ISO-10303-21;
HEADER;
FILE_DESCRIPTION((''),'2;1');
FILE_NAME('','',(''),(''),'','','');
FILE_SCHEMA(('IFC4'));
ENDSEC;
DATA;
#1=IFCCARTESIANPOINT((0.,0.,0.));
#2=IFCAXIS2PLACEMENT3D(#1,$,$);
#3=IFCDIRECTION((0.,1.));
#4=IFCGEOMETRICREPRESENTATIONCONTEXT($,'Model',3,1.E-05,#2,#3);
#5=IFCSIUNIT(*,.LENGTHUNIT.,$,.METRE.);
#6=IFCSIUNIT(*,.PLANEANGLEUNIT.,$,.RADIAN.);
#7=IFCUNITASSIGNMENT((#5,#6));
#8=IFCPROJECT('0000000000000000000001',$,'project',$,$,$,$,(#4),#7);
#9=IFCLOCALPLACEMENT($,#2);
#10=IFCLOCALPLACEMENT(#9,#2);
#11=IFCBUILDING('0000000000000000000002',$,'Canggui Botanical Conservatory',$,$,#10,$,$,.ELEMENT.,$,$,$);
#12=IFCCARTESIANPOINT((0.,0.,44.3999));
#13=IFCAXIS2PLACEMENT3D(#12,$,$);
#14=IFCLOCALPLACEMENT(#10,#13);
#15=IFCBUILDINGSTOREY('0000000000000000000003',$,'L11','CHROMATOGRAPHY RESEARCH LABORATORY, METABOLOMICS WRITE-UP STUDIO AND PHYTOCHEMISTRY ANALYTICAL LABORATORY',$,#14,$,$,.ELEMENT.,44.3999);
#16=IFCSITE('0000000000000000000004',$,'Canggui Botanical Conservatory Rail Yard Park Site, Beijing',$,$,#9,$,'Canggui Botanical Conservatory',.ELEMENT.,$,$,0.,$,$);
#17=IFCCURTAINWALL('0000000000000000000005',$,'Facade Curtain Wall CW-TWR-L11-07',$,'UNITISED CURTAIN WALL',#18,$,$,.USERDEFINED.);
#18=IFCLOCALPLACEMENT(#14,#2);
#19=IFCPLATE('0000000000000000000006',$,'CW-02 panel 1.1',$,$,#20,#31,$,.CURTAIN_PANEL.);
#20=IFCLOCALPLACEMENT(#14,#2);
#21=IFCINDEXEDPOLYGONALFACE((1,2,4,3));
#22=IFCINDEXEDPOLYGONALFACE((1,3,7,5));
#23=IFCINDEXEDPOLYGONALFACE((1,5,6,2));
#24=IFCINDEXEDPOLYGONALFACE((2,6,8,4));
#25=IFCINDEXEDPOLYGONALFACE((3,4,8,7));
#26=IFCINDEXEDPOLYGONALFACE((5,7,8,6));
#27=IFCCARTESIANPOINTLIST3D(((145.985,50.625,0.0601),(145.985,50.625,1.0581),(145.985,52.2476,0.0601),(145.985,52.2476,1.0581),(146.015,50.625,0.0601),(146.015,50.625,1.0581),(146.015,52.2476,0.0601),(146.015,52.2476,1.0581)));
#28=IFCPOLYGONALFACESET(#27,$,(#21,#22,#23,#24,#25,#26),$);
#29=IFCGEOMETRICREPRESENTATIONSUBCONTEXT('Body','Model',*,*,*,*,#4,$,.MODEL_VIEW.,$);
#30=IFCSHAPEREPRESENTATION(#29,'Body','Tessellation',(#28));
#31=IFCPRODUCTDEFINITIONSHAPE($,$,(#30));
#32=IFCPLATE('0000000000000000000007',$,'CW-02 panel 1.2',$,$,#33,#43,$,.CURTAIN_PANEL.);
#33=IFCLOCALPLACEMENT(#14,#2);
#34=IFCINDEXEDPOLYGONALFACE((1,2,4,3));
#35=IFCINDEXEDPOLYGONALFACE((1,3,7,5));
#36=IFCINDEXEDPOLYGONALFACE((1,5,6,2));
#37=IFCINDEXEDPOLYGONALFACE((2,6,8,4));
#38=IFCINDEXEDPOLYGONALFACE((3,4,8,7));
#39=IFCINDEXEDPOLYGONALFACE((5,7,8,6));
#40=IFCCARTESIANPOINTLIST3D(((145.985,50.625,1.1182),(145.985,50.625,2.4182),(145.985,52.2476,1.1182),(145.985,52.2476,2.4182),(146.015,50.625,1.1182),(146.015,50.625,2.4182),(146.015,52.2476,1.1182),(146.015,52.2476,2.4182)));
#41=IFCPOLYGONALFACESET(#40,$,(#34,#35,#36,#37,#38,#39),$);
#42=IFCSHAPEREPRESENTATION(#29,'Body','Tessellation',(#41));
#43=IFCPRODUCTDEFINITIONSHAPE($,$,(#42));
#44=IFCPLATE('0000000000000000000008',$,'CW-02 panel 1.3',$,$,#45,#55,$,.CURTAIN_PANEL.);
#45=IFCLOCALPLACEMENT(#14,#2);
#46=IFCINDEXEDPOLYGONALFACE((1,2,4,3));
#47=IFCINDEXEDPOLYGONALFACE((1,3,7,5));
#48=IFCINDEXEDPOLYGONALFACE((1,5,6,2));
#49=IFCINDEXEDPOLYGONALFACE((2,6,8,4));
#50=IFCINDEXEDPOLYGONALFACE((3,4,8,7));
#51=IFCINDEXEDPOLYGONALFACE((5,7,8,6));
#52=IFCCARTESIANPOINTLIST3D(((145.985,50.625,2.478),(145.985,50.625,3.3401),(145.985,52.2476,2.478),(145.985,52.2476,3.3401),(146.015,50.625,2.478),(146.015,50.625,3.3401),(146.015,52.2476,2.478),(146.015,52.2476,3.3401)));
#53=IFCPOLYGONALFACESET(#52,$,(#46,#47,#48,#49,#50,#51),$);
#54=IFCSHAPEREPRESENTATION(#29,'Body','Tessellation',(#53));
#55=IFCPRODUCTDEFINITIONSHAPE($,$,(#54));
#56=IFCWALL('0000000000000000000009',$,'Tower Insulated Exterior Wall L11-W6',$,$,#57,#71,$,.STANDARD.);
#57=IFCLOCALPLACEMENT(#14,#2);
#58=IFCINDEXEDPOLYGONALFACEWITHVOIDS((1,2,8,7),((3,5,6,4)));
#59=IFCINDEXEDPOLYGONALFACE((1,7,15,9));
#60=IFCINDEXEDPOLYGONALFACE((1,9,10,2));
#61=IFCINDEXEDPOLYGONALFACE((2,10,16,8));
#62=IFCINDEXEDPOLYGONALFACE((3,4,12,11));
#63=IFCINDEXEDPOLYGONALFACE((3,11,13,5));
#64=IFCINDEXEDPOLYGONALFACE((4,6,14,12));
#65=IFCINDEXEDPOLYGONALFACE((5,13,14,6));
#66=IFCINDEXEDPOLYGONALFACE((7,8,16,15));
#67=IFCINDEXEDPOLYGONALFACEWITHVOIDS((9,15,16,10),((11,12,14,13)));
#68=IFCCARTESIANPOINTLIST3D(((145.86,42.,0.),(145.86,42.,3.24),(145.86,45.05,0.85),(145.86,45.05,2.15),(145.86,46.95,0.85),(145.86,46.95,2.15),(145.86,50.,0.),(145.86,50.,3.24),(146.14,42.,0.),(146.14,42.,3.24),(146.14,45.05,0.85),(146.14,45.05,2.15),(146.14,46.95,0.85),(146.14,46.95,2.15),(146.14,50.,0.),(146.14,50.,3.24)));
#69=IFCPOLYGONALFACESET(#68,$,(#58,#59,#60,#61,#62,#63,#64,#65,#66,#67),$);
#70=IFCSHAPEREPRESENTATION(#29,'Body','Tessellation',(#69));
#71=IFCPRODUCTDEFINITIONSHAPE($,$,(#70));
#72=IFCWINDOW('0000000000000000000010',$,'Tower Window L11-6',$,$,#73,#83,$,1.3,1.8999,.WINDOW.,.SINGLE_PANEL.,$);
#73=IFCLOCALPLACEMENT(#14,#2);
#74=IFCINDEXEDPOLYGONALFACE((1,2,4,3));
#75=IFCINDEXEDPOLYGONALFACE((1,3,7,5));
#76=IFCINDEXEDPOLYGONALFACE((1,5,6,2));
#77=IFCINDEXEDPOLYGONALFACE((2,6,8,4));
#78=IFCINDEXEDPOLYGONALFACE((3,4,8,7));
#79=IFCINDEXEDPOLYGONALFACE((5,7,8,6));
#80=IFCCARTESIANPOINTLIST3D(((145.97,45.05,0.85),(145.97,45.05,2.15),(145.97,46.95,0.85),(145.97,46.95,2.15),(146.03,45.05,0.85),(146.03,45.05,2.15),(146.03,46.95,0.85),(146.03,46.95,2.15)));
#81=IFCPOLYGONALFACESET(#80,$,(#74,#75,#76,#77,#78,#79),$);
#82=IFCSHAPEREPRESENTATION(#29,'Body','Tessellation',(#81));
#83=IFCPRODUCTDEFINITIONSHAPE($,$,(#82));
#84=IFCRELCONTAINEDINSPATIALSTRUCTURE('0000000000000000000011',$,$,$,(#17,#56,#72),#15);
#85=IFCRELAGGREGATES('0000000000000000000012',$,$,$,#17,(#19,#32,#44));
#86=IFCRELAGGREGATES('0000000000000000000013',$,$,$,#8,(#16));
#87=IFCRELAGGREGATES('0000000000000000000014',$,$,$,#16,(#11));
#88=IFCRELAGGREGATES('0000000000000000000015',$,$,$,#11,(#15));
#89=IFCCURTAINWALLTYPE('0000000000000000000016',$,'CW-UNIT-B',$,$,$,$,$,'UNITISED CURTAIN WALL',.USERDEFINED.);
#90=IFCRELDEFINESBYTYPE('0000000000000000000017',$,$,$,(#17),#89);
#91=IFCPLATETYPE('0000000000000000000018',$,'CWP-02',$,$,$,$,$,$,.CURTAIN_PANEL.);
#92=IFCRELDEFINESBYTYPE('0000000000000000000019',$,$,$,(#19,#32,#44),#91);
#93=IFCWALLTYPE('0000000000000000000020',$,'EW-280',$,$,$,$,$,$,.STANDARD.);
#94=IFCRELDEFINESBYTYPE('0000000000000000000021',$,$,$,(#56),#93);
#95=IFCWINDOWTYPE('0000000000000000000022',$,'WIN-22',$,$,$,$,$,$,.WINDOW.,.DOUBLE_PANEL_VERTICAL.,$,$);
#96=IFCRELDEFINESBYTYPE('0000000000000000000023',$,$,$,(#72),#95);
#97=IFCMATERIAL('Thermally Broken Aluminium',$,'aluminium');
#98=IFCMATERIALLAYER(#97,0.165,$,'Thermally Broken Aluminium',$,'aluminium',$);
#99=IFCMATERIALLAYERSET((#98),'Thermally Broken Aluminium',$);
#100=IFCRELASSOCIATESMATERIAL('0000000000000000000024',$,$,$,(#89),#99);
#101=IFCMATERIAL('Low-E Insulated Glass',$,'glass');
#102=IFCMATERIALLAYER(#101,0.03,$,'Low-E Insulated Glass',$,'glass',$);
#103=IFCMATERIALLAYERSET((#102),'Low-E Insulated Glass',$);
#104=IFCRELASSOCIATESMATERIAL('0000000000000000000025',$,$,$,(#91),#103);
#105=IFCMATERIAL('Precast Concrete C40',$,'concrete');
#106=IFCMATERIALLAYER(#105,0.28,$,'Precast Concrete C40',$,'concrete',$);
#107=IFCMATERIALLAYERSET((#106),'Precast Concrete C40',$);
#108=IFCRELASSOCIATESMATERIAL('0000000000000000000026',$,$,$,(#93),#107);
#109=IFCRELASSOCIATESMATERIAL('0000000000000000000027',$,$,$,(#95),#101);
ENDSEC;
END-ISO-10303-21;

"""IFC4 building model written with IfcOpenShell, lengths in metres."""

from ifc_helpers import new_model, si_unit, direction, frame, frame_2d, origin, origin_2d, place, context, subcontext, project, spatial, rectangle, extrude, material, layer, layer_set, type_object, element, fill, aggregate, save


model = new_model("IFC4")

# Units and contexts
model_context = context("Model", 3, precision=1e-05, world=origin(), true_north=direction((0.0, 1.0)))
body_context = subcontext(model_context, "Body", "Model", "MODEL_VIEW")
ifc_project = project(units=[si_unit("LENGTHUNIT", "METRE"), si_unit("PLANEANGLEUNIT", "RADIAN")], contexts=[model_context])

# Site, building, storey
site_placement = place(None, origin())
site = spatial("IfcSite", under=ifc_project, at=site_placement, Name="Canggui Botanical Conservatory Rail Yard Park Site, Beijing", LongName="Canggui Botanical Conservatory", CompositionType="ELEMENT", RefElevation=0.0)
building_placement = place(site_placement, origin())
building = spatial("IfcBuilding", under=site, at=building_placement, Name="Canggui Botanical Conservatory", CompositionType="ELEMENT")
storey_placement = place(building_placement, frame((0.0, 0.0, 44.3999)))
storey = spatial("IfcBuildingStorey", under=building, at=storey_placement, Name="L11", Description="CHROMATOGRAPHY RESEARCH LABORATORY, METABOLOMICS WRITE-UP STUDIO AND PHYTOCHEMISTRY ANALYTICAL LABORATORY", CompositionType="ELEMENT", Elevation=44.3999)

# Curtain wall
ifc_material_1 = material(Name="Thermally Broken Aluminium", Category="aluminium")
ifc_layer_1 = layer(ifc_material_1, 0.165, Name="Thermally Broken Aluminium", Category="aluminium")
ifc_layer_set_1 = layer_set([ifc_layer_1], Name="Thermally Broken Aluminium")
curtain_wall_type = type_object("IfcCurtainWallType", Name="CW-UNIT-B", ElementType="UNITISED CURTAIN WALL", PredefinedType="USERDEFINED", material=ifc_layer_set_1)
curtain_wall_1_placement = place(storey_placement, origin())
curtain_wall_1 = element("IfcCurtainWall", 1, at=curtain_wall_1_placement, inside=storey, type_object=curtain_wall_type, Name="Facade Curtain Wall CW-TWR-L11-07", ObjectType="UNITISED CURTAIN WALL", PredefinedType="USERDEFINED")

# Plates
ifc_material_2 = material(Name="Low-E Insulated Glass", Category="glass")
ifc_layer_2 = layer(ifc_material_2, 0.03, Name="Low-E Insulated Glass", Category="glass")
ifc_layer_set_2 = layer_set([ifc_layer_2], Name="Low-E Insulated Glass")
plate_type = type_object("IfcPlateType", Name="CWP-02", PredefinedType="CURTAIN_PANEL", material=ifc_layer_set_2)
plate_1_placement = place(storey_placement, frame((146.0, 51.4363, 0.0601), z_axis=(0.0, 0.0, 1.0), x_axis=(0.0, 1.0, 0.0)))
plate_1 = element("IfcPlate", 2, at=plate_1_placement, type_object=plate_type, Name="CW-02 panel 1.1", PredefinedType="CURTAIN_PANEL", context=body_context, shape_type="SweptSolid", body=[
    extrude(rectangle(XDim=1.6226, YDim=0.03, at=origin_2d()), origin(), (0.0, 0.0, 1.0), 0.998),
])
plate_2_placement = place(storey_placement, frame((146.0, 51.4363, 1.1182), z_axis=(0.0, 0.0, 1.0), x_axis=(0.0, 1.0, 0.0)))
plate_2 = element("IfcPlate", 3, at=plate_2_placement, type_object=plate_type, Name="CW-02 panel 1.2", PredefinedType="CURTAIN_PANEL", context=body_context, shape_type="SweptSolid", body=[
    extrude(rectangle(XDim=1.6226, YDim=0.03, at=origin_2d()), origin(), (0.0, 0.0, 1.0), 1.3),
])
plate_3_placement = place(storey_placement, frame((146.0, 51.4363, 2.478), z_axis=(0.0, 0.0, 1.0), x_axis=(0.0, 1.0, 0.0)))
plate_3 = element("IfcPlate", 4, at=plate_3_placement, type_object=plate_type, Name="CW-02 panel 1.3", PredefinedType="CURTAIN_PANEL", context=body_context, shape_type="SweptSolid", body=[
    extrude(rectangle(XDim=1.6226, YDim=0.03, at=origin_2d()), origin(), (0.0, 0.0, 1.0), 0.8621),
])
aggregate(curtain_wall_1, [plate_1, plate_2, plate_3])

# Wall, opening, window
ifc_material_3 = material(Name="Precast Concrete C40", Category="concrete")
ifc_layer_3 = layer(ifc_material_3, 0.28, Name="Precast Concrete C40", Category="concrete")
ifc_layer_set_3 = layer_set([ifc_layer_3], Name="Precast Concrete C40")
wall_type = type_object("IfcWallType", Name="EW-280", PredefinedType="STANDARD", material=ifc_layer_set_3)
wall_placement = place(storey_placement, frame((146.0, 42.0, 0.0), z_axis=(0.0, 0.0, 1.0), x_axis=(0.0, 1.0, 0.0)))
wall = element("IfcWall", 5, at=wall_placement, inside=storey, type_object=wall_type, Name="Tower Insulated Exterior Wall L11-W6", PredefinedType="STANDARD", context=body_context, shape_type="SweptSolid", body=[
    extrude(rectangle(XDim=8.0, YDim=0.28, at=frame_2d((4.0, 0.0))), origin(), (0.0, 0.0, 1.0), 3.24),
])
opening_placement = place(wall_placement, frame((3.05, 0.0, 0.8501)))
opening = element("IfcOpeningElement", 6, at=opening_placement, cuts=wall, PredefinedType="OPENING", context=body_context, shape_type="SweptSolid", body=[
    extrude(rectangle(XDim=1.8999, YDim=1.3, at=frame_2d((0.95, 0.6499))), frame((0.0, 0.1499, 0.0), z_axis=(0.0, -1.0, 0.0), x_axis=(1.0, 0.0, 0.0)), (0.0, 0.0, 1.0), 0.3),
])
window_type = type_object("IfcWindowType", Name="WIN-22", PartitioningType="DOUBLE_PANEL_VERTICAL", PredefinedType="WINDOW", material=ifc_material_2)
window_placement = place(opening_placement, origin())
window = element("IfcWindow", 7, at=window_placement, inside=storey, type_object=window_type, Name="Tower Window L11-6", OverallHeight=1.3, OverallWidth=1.8999, PartitioningType="SINGLE_PANEL", PredefinedType="WINDOW", context=body_context, shape_type="SweptSolid", body=[
    extrude(rectangle(XDim=1.8999, YDim=1.3, at=frame_2d((0.95, 0.6499))), frame((0.0, 0.03, 0.0), z_axis=(0.0, -1.0, 0.0), x_axis=(1.0, 0.0, 0.0)), (0.0, 0.0, 1.0), 0.0601),
])
fill(opening, window)

save(model, "model.ifc")
